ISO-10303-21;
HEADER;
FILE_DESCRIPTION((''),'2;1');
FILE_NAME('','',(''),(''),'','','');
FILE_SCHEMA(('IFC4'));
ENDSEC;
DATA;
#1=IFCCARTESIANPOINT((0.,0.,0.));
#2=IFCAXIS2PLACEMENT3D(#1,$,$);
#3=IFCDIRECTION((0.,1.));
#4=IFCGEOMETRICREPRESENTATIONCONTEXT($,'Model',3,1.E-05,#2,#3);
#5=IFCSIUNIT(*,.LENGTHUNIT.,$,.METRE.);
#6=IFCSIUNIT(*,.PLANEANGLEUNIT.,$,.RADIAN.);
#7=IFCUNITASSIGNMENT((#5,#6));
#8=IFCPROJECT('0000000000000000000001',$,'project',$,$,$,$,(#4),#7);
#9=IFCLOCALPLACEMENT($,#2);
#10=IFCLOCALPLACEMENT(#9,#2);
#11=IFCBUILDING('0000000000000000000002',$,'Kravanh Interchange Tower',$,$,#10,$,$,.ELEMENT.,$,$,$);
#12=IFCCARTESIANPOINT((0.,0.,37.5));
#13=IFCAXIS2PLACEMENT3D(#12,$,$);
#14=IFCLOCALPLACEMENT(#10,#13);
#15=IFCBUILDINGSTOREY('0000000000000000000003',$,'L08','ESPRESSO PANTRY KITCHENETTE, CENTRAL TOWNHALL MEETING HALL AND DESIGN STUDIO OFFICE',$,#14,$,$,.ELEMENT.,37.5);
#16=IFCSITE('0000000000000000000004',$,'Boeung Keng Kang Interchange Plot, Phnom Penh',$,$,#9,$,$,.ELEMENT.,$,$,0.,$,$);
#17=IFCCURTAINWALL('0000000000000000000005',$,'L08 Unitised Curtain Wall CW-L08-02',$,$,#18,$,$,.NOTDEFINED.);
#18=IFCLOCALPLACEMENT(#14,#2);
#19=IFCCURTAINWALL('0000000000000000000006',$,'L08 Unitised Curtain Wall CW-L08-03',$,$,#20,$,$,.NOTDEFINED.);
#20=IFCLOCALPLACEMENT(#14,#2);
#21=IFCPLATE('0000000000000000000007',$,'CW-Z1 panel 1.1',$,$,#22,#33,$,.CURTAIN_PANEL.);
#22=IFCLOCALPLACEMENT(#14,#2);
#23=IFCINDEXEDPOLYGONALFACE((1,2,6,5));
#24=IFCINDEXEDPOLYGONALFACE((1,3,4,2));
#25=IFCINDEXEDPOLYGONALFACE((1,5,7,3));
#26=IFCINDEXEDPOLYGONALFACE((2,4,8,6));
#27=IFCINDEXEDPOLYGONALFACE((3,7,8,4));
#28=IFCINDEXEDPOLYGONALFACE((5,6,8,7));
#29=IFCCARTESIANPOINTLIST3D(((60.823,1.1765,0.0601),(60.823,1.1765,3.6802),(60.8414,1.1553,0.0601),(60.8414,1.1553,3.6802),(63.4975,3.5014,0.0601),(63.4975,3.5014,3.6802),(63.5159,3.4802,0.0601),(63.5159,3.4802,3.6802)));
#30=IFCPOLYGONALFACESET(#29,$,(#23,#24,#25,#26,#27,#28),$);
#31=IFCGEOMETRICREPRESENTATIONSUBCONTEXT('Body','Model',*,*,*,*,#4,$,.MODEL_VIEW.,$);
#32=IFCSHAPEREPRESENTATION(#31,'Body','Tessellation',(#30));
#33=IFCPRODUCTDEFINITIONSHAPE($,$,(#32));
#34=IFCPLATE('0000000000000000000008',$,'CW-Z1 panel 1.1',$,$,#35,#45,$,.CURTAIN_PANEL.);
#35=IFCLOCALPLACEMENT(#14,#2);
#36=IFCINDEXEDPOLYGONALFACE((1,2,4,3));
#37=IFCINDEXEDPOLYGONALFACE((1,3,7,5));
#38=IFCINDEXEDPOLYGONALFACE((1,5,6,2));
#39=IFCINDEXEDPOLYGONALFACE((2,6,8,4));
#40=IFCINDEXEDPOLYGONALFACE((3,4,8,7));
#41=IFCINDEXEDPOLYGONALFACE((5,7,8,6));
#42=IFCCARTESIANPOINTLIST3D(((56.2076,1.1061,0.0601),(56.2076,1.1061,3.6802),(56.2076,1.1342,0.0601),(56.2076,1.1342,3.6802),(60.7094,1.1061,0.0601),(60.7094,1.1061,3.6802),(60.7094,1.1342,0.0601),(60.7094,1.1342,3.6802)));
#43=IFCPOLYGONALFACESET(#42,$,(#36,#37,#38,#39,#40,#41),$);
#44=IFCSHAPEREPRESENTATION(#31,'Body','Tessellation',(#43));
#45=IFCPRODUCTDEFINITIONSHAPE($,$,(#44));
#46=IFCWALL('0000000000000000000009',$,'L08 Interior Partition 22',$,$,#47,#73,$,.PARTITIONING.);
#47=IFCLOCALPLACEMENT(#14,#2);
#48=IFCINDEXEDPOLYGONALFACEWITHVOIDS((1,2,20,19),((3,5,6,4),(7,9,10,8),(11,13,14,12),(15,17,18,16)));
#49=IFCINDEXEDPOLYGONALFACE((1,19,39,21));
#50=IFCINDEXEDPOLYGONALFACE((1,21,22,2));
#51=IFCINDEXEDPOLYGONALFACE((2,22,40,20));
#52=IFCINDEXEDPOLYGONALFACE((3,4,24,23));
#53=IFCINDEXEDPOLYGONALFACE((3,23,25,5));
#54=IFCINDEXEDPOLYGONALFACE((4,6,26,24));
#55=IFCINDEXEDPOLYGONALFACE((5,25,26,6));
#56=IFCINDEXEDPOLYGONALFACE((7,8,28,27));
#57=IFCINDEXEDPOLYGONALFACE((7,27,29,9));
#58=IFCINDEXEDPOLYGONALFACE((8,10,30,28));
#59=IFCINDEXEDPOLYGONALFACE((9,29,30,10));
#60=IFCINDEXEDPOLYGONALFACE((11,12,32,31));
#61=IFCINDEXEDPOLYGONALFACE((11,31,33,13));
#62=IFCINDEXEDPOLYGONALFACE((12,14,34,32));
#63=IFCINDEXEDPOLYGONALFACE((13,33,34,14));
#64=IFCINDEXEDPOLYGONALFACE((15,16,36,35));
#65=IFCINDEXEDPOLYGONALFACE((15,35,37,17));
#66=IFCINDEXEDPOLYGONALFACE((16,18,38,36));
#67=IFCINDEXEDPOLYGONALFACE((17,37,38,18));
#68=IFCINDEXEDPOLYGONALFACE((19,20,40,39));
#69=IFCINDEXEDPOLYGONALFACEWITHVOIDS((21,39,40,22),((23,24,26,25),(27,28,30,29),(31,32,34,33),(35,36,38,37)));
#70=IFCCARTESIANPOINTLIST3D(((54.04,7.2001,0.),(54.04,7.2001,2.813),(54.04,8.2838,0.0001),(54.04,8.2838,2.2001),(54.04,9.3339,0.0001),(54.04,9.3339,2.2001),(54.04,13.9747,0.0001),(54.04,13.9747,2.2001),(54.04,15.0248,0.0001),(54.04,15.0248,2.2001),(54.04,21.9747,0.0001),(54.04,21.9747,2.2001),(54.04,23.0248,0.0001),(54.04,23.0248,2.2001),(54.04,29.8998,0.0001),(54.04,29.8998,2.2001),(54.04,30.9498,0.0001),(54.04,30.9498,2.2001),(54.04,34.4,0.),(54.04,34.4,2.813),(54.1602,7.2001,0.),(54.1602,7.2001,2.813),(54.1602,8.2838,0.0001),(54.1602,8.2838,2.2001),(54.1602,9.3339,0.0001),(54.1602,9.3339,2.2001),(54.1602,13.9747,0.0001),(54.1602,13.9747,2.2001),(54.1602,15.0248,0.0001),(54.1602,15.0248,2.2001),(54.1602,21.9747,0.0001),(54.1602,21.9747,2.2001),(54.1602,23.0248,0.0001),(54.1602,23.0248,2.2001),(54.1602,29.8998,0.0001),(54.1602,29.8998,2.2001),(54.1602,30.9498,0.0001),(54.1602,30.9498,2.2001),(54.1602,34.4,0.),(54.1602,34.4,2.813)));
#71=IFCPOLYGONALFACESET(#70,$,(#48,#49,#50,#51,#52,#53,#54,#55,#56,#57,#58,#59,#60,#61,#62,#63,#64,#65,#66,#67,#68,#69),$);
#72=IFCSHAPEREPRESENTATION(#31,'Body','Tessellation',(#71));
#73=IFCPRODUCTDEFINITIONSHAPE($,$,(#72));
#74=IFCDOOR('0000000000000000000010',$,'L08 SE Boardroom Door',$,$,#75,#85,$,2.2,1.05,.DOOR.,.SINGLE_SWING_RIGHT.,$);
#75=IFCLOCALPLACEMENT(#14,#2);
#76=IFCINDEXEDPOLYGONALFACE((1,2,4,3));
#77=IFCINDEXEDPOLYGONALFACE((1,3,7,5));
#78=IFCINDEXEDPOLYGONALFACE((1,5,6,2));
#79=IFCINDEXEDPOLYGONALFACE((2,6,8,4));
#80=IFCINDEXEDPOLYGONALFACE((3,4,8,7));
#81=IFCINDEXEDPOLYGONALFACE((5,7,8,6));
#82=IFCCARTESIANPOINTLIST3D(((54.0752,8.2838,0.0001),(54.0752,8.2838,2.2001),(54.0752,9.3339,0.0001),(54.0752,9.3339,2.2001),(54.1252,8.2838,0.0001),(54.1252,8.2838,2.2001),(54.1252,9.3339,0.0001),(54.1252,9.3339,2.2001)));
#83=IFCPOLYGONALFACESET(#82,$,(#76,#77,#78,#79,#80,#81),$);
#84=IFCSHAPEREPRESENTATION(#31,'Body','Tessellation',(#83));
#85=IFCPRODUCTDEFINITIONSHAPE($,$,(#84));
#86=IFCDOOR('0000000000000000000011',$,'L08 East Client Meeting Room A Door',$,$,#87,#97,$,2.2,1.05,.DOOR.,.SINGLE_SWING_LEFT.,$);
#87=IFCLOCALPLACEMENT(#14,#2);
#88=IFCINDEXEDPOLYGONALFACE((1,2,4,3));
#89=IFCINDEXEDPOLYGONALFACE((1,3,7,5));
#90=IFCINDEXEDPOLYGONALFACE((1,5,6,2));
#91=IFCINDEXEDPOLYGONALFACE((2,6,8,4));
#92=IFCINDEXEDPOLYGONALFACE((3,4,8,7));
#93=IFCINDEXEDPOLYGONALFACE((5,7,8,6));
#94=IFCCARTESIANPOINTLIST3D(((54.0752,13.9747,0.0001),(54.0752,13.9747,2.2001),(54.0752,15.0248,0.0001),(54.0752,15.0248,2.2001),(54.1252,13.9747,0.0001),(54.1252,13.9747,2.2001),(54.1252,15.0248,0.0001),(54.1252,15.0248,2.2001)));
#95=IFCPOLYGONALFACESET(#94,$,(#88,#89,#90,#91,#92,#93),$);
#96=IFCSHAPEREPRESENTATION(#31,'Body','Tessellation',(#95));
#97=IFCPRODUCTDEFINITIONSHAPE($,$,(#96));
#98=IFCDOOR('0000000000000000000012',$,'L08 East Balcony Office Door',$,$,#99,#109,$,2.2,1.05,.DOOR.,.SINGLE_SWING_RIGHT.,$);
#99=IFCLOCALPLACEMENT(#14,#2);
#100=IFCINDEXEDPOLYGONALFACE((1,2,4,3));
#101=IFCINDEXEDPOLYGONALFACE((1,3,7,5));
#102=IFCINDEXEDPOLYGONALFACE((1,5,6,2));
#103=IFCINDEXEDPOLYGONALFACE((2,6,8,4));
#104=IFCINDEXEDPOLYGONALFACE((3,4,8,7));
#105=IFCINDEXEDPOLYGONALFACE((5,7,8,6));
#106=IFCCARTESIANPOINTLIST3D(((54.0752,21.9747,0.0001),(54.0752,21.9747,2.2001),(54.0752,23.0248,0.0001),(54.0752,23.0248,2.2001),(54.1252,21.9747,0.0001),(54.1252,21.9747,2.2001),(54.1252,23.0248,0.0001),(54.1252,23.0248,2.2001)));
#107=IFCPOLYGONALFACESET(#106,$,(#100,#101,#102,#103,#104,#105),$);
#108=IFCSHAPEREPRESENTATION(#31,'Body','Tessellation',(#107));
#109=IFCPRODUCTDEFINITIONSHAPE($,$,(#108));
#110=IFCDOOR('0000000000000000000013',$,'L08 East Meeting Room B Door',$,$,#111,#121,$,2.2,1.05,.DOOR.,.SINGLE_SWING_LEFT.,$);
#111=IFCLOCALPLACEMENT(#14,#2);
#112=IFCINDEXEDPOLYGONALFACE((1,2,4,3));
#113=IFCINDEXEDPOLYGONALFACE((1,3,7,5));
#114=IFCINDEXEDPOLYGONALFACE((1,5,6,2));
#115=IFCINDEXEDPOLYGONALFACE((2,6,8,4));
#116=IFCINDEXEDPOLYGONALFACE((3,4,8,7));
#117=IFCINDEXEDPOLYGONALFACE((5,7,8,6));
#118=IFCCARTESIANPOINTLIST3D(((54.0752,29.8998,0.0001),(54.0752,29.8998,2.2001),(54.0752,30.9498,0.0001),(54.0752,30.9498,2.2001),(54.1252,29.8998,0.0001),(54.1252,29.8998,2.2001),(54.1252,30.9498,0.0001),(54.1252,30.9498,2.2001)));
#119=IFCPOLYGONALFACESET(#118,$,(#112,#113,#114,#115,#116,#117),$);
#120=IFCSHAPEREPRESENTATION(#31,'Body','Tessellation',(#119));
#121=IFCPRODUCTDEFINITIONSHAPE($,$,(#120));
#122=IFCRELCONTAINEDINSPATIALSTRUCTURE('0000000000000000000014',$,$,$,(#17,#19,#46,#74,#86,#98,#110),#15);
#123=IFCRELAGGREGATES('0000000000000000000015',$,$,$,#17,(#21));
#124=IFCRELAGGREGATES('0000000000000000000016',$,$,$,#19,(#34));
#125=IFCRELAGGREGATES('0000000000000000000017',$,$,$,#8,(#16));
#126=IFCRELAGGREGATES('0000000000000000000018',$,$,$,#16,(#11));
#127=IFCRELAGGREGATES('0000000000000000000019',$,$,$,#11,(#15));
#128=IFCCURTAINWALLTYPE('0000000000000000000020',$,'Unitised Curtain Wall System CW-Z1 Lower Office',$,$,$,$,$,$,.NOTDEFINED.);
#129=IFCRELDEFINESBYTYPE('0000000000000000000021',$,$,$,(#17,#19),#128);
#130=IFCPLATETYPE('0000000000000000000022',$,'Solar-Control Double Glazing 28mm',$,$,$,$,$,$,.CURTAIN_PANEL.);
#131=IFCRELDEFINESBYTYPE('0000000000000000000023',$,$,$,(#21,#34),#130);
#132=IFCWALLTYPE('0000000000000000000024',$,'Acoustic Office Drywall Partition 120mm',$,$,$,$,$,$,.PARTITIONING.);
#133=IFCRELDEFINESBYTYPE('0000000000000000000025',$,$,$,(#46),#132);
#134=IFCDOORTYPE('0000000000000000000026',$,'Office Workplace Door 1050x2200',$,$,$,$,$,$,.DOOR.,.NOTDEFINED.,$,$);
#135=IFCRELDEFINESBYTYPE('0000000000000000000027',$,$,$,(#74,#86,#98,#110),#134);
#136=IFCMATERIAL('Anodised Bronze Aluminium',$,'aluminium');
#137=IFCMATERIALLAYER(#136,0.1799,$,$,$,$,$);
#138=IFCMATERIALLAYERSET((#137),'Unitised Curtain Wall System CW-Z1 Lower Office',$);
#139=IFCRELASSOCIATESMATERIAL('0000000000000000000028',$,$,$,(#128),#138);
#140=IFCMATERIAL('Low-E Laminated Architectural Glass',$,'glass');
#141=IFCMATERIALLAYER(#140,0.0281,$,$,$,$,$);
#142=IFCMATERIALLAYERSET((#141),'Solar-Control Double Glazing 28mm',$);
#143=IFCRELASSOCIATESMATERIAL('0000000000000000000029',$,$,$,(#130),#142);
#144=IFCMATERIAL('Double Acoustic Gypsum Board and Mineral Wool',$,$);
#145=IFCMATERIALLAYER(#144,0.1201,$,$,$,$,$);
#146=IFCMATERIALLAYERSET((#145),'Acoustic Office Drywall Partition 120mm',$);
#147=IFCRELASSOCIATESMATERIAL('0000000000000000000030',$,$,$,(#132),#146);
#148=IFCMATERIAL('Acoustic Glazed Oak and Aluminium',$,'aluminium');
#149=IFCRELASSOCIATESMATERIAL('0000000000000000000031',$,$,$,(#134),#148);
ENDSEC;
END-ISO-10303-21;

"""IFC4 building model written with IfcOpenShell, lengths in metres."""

from ifc_helpers import new_model, si_unit, direction, frame, frame_2d, origin, origin_2d, place, context, subcontext, project, spatial, rectangle, extrude, material, layer, layer_set, type_object, element, fill, aggregate, save


model = new_model("IFC4")

# Units and contexts
model_context = context("Model", 3, precision=1e-05, world=origin(), true_north=direction((0.0, 1.0)))
body_context = subcontext(model_context, "Body", "Model", "MODEL_VIEW")
ifc_project = project(units=[si_unit("LENGTHUNIT", "METRE"), si_unit("PLANEANGLEUNIT", "RADIAN")], contexts=[model_context])

# Site, building, storey
site_placement = place(None, origin())
site = spatial("IfcSite", under=ifc_project, at=site_placement, Name="Boeung Keng Kang Interchange Plot, Phnom Penh", CompositionType="ELEMENT", RefElevation=0.0)
building_placement = place(site_placement, origin())
building = spatial("IfcBuilding", under=site, at=building_placement, Name="Kravanh Interchange Tower", CompositionType="ELEMENT")
storey_placement = place(building_placement, frame((0.0, 0.0, 37.5)))
storey = spatial("IfcBuildingStorey", under=building, at=storey_placement, Name="L08", Description="ESPRESSO PANTRY KITCHENETTE, CENTRAL TOWNHALL MEETING HALL AND DESIGN STUDIO OFFICE", CompositionType="ELEMENT", Elevation=37.5)

# Curtain walls
ifc_material_1 = material(Name="Anodised Bronze Aluminium", Category="aluminium")
ifc_layer_1 = layer(ifc_material_1, 0.1799)
ifc_layer_set_1 = layer_set([ifc_layer_1], Name="Unitised Curtain Wall System CW-Z1 Lower Office")
curtain_wall_type = type_object("IfcCurtainWallType", Name="Unitised Curtain Wall System CW-Z1 Lower Office", PredefinedType="NOTDEFINED", material=ifc_layer_set_1)
curtain_wall_1_placement = place(storey_placement, origin())
curtain_wall_1 = element("IfcCurtainWall", 1, at=curtain_wall_1_placement, inside=storey, type_object=curtain_wall_type, Name="L08 Unitised Curtain Wall CW-L08-02", PredefinedType="NOTDEFINED")
curtain_wall_2_placement = place(storey_placement, origin())
curtain_wall_2 = element("IfcCurtainWall", 2, at=curtain_wall_2_placement, inside=storey, type_object=curtain_wall_type, Name="L08 Unitised Curtain Wall CW-L08-03", PredefinedType="NOTDEFINED")

# Plates
ifc_material_2 = material(Name="Low-E Laminated Architectural Glass", Category="glass")
ifc_layer_2 = layer(ifc_material_2, 0.0281)
ifc_layer_set_2 = layer_set([ifc_layer_2], Name="Solar-Control Double Glazing 28mm")
plate_type = type_object("IfcPlateType", Name="Solar-Control Double Glazing 28mm", PredefinedType="CURTAIN_PANEL", material=ifc_layer_set_2)
plate_1_placement = place(storey_placement, frame((62.1694, 2.3284, 0.0601), z_axis=(0.0, 0.0, 1.0), x_axis=(-0.754708, -0.65606, 0.0)))
plate_1 = element("IfcPlate", 3, at=plate_1_placement, type_object=plate_type, Name="CW-Z1 panel 1.1", PredefinedType="CURTAIN_PANEL", context=body_context, shape_type="SweptSolid", body=[
    extrude(rectangle(XDim=3.5437, YDim=0.0281, at=origin_2d()), origin(), (0.0, 0.0, 1.0), 3.6201),
])
aggregate(curtain_wall_1, [plate_1])
plate_2_placement = place(storey_placement, frame((58.4585, 1.1201, 0.0601), z_axis=(0.0, 0.0, 1.0), x_axis=(-1.0, 0.0, 0.0)))
plate_2 = element("IfcPlate", 4, at=plate_2_placement, type_object=plate_type, Name="CW-Z1 panel 1.1", PredefinedType="CURTAIN_PANEL", context=body_context, shape_type="SweptSolid", body=[
    extrude(rectangle(XDim=4.5017, YDim=0.0281, at=origin_2d()), origin(), (0.0, 0.0, 1.0), 3.6201),
])
aggregate(curtain_wall_2, [plate_2])

# Wall, openings, doors
ifc_material_3 = material(Name="Double Acoustic Gypsum Board and Mineral Wool")
ifc_layer_3 = layer(ifc_material_3, 0.1201)
ifc_layer_set_3 = layer_set([ifc_layer_3], Name="Acoustic Office Drywall Partition 120mm")
wall_type = type_object("IfcWallType", Name="Acoustic Office Drywall Partition 120mm", PredefinedType="PARTITIONING", material=ifc_layer_set_3)
wall_placement = place(storey_placement, frame((54.1001, 7.2, 0.0), z_axis=(0.0, 0.0, 1.0), x_axis=(0.0, 1.0, 0.0)))
wall = element("IfcWall", 5, at=wall_placement, inside=storey, type_object=wall_type, Name="L08 Interior Partition 22", PredefinedType="PARTITIONING", context=body_context, shape_type="SweptSolid", body=[
    extrude(rectangle(XDim=27.2, YDim=0.1201, at=frame_2d((13.6001, 0.0))), origin(), (0.0, 0.0, 1.0), 2.813),
])
opening_1_placement = place(wall_placement, frame((1.084, 0.0, 0.0)))
opening_1 = element("IfcOpeningElement", 6, at=opening_1_placement, cuts=wall, PredefinedType="OPENING", context=body_context, shape_type="SweptSolid", body=[
    extrude(rectangle(XDim=1.05, YDim=2.2, at=frame_2d((0.5249, 1.1001))), frame((0.0, 0.0701, 0.0), z_axis=(0.0, -1.0, 0.0), x_axis=(1.0, 0.0, 0.0)), (0.0, 0.0, 1.0), 0.1401),
])
opening_2_placement = place(wall_placement, frame((6.7749, 0.0, 0.0)))
opening_2 = element("IfcOpeningElement", 7, at=opening_2_placement, cuts=wall, PredefinedType="OPENING", context=body_context, shape_type="SweptSolid", body=[
    extrude(rectangle(XDim=1.05, YDim=2.2, at=frame_2d((0.5249, 1.1001))), frame((0.0, 0.0701, 0.0), z_axis=(0.0, -1.0, 0.0), x_axis=(1.0, 0.0, 0.0)), (0.0, 0.0, 1.0), 0.1401),
])
opening_3_placement = place(wall_placement, frame((14.7749, 0.0, 0.0)))
opening_3 = element("IfcOpeningElement", 8, at=opening_3_placement, cuts=wall, PredefinedType="OPENING", context=body_context, shape_type="SweptSolid", body=[
    extrude(rectangle(XDim=1.05, YDim=2.2, at=frame_2d((0.5249, 1.1001))), frame((0.0, 0.0701, 0.0), z_axis=(0.0, -1.0, 0.0), x_axis=(1.0, 0.0, 0.0)), (0.0, 0.0, 1.0), 0.1401),
])
opening_4_placement = place(wall_placement, frame((22.7, 0.0, 0.0)))
opening_4 = element("IfcOpeningElement", 9, at=opening_4_placement, cuts=wall, PredefinedType="OPENING", context=body_context, shape_type="SweptSolid", body=[
    extrude(rectangle(XDim=1.05, YDim=2.2, at=frame_2d((0.5249, 1.1001))), frame((0.0, 0.0701, 0.0), z_axis=(0.0, -1.0, 0.0), x_axis=(1.0, 0.0, 0.0)), (0.0, 0.0, 1.0), 0.1401),
])
ifc_material_4 = material(Name="Acoustic Glazed Oak and Aluminium", Category="aluminium")
door_type = type_object("IfcDoorType", Name="Office Workplace Door 1050x2200", OperationType="NOTDEFINED", PredefinedType="DOOR", material=ifc_material_4)
door_1_placement = place(opening_1_placement, origin())
door_1 = element("IfcDoor", 10, at=door_1_placement, inside=storey, type_object=door_type, Name="L08 SE Boardroom Door", OperationType="SINGLE_SWING_RIGHT", OverallHeight=2.2, OverallWidth=1.05, PredefinedType="DOOR", context=body_context, shape_type="SweptSolid", body=[
    extrude(rectangle(XDim=1.05, YDim=2.2, at=frame_2d((0.5249, 1.1001))), frame((0.0, 0.0249, 0.0), z_axis=(0.0, -1.0, 0.0), x_axis=(1.0, 0.0, 0.0)), (0.0, 0.0, 1.0), 0.05),
])
fill(opening_1, door_1)
door_2_placement = place(opening_2_placement, origin())
door_2 = element("IfcDoor", 11, at=door_2_placement, inside=storey, type_object=door_type, Name="L08 East Client Meeting Room A Door", OperationType="SINGLE_SWING_LEFT", OverallHeight=2.2, OverallWidth=1.05, PredefinedType="DOOR", context=body_context, shape_type="SweptSolid", body=[
    extrude(rectangle(XDim=1.05, YDim=2.2, at=frame_2d((0.5249, 1.1001))), frame((0.0, 0.0249, 0.0), z_axis=(0.0, -1.0, 0.0), x_axis=(1.0, 0.0, 0.0)), (0.0, 0.0, 1.0), 0.05),
])
fill(opening_2, door_2)
door_3_placement = place(opening_3_placement, origin())
door_3 = element("IfcDoor", 12, at=door_3_placement, inside=storey, type_object=door_type, Name="L08 East Balcony Office Door", OperationType="SINGLE_SWING_RIGHT", OverallHeight=2.2, OverallWidth=1.05, PredefinedType="DOOR", context=body_context, shape_type="SweptSolid", body=[
    extrude(rectangle(XDim=1.05, YDim=2.2, at=frame_2d((0.5249, 1.1001))), frame((0.0, 0.0249, 0.0), z_axis=(0.0, -1.0, 0.0), x_axis=(1.0, 0.0, 0.0)), (0.0, 0.0, 1.0), 0.05),
])
fill(opening_3, door_3)
door_4_placement = place(opening_4_placement, origin())
door_4 = element("IfcDoor", 13, at=door_4_placement, inside=storey, type_object=door_type, Name="L08 East Meeting Room B Door", OperationType="SINGLE_SWING_LEFT", OverallHeight=2.2, OverallWidth=1.05, PredefinedType="DOOR", context=body_context, shape_type="SweptSolid", body=[
    extrude(rectangle(XDim=1.05, YDim=2.2, at=frame_2d((0.5249, 1.1001))), frame((0.0, 0.0249, 0.0), z_axis=(0.0, -1.0, 0.0), x_axis=(1.0, 0.0, 0.0)), (0.0, 0.0, 1.0), 0.05),
])
fill(opening_4, door_4)

save(model, "model.ifc")
